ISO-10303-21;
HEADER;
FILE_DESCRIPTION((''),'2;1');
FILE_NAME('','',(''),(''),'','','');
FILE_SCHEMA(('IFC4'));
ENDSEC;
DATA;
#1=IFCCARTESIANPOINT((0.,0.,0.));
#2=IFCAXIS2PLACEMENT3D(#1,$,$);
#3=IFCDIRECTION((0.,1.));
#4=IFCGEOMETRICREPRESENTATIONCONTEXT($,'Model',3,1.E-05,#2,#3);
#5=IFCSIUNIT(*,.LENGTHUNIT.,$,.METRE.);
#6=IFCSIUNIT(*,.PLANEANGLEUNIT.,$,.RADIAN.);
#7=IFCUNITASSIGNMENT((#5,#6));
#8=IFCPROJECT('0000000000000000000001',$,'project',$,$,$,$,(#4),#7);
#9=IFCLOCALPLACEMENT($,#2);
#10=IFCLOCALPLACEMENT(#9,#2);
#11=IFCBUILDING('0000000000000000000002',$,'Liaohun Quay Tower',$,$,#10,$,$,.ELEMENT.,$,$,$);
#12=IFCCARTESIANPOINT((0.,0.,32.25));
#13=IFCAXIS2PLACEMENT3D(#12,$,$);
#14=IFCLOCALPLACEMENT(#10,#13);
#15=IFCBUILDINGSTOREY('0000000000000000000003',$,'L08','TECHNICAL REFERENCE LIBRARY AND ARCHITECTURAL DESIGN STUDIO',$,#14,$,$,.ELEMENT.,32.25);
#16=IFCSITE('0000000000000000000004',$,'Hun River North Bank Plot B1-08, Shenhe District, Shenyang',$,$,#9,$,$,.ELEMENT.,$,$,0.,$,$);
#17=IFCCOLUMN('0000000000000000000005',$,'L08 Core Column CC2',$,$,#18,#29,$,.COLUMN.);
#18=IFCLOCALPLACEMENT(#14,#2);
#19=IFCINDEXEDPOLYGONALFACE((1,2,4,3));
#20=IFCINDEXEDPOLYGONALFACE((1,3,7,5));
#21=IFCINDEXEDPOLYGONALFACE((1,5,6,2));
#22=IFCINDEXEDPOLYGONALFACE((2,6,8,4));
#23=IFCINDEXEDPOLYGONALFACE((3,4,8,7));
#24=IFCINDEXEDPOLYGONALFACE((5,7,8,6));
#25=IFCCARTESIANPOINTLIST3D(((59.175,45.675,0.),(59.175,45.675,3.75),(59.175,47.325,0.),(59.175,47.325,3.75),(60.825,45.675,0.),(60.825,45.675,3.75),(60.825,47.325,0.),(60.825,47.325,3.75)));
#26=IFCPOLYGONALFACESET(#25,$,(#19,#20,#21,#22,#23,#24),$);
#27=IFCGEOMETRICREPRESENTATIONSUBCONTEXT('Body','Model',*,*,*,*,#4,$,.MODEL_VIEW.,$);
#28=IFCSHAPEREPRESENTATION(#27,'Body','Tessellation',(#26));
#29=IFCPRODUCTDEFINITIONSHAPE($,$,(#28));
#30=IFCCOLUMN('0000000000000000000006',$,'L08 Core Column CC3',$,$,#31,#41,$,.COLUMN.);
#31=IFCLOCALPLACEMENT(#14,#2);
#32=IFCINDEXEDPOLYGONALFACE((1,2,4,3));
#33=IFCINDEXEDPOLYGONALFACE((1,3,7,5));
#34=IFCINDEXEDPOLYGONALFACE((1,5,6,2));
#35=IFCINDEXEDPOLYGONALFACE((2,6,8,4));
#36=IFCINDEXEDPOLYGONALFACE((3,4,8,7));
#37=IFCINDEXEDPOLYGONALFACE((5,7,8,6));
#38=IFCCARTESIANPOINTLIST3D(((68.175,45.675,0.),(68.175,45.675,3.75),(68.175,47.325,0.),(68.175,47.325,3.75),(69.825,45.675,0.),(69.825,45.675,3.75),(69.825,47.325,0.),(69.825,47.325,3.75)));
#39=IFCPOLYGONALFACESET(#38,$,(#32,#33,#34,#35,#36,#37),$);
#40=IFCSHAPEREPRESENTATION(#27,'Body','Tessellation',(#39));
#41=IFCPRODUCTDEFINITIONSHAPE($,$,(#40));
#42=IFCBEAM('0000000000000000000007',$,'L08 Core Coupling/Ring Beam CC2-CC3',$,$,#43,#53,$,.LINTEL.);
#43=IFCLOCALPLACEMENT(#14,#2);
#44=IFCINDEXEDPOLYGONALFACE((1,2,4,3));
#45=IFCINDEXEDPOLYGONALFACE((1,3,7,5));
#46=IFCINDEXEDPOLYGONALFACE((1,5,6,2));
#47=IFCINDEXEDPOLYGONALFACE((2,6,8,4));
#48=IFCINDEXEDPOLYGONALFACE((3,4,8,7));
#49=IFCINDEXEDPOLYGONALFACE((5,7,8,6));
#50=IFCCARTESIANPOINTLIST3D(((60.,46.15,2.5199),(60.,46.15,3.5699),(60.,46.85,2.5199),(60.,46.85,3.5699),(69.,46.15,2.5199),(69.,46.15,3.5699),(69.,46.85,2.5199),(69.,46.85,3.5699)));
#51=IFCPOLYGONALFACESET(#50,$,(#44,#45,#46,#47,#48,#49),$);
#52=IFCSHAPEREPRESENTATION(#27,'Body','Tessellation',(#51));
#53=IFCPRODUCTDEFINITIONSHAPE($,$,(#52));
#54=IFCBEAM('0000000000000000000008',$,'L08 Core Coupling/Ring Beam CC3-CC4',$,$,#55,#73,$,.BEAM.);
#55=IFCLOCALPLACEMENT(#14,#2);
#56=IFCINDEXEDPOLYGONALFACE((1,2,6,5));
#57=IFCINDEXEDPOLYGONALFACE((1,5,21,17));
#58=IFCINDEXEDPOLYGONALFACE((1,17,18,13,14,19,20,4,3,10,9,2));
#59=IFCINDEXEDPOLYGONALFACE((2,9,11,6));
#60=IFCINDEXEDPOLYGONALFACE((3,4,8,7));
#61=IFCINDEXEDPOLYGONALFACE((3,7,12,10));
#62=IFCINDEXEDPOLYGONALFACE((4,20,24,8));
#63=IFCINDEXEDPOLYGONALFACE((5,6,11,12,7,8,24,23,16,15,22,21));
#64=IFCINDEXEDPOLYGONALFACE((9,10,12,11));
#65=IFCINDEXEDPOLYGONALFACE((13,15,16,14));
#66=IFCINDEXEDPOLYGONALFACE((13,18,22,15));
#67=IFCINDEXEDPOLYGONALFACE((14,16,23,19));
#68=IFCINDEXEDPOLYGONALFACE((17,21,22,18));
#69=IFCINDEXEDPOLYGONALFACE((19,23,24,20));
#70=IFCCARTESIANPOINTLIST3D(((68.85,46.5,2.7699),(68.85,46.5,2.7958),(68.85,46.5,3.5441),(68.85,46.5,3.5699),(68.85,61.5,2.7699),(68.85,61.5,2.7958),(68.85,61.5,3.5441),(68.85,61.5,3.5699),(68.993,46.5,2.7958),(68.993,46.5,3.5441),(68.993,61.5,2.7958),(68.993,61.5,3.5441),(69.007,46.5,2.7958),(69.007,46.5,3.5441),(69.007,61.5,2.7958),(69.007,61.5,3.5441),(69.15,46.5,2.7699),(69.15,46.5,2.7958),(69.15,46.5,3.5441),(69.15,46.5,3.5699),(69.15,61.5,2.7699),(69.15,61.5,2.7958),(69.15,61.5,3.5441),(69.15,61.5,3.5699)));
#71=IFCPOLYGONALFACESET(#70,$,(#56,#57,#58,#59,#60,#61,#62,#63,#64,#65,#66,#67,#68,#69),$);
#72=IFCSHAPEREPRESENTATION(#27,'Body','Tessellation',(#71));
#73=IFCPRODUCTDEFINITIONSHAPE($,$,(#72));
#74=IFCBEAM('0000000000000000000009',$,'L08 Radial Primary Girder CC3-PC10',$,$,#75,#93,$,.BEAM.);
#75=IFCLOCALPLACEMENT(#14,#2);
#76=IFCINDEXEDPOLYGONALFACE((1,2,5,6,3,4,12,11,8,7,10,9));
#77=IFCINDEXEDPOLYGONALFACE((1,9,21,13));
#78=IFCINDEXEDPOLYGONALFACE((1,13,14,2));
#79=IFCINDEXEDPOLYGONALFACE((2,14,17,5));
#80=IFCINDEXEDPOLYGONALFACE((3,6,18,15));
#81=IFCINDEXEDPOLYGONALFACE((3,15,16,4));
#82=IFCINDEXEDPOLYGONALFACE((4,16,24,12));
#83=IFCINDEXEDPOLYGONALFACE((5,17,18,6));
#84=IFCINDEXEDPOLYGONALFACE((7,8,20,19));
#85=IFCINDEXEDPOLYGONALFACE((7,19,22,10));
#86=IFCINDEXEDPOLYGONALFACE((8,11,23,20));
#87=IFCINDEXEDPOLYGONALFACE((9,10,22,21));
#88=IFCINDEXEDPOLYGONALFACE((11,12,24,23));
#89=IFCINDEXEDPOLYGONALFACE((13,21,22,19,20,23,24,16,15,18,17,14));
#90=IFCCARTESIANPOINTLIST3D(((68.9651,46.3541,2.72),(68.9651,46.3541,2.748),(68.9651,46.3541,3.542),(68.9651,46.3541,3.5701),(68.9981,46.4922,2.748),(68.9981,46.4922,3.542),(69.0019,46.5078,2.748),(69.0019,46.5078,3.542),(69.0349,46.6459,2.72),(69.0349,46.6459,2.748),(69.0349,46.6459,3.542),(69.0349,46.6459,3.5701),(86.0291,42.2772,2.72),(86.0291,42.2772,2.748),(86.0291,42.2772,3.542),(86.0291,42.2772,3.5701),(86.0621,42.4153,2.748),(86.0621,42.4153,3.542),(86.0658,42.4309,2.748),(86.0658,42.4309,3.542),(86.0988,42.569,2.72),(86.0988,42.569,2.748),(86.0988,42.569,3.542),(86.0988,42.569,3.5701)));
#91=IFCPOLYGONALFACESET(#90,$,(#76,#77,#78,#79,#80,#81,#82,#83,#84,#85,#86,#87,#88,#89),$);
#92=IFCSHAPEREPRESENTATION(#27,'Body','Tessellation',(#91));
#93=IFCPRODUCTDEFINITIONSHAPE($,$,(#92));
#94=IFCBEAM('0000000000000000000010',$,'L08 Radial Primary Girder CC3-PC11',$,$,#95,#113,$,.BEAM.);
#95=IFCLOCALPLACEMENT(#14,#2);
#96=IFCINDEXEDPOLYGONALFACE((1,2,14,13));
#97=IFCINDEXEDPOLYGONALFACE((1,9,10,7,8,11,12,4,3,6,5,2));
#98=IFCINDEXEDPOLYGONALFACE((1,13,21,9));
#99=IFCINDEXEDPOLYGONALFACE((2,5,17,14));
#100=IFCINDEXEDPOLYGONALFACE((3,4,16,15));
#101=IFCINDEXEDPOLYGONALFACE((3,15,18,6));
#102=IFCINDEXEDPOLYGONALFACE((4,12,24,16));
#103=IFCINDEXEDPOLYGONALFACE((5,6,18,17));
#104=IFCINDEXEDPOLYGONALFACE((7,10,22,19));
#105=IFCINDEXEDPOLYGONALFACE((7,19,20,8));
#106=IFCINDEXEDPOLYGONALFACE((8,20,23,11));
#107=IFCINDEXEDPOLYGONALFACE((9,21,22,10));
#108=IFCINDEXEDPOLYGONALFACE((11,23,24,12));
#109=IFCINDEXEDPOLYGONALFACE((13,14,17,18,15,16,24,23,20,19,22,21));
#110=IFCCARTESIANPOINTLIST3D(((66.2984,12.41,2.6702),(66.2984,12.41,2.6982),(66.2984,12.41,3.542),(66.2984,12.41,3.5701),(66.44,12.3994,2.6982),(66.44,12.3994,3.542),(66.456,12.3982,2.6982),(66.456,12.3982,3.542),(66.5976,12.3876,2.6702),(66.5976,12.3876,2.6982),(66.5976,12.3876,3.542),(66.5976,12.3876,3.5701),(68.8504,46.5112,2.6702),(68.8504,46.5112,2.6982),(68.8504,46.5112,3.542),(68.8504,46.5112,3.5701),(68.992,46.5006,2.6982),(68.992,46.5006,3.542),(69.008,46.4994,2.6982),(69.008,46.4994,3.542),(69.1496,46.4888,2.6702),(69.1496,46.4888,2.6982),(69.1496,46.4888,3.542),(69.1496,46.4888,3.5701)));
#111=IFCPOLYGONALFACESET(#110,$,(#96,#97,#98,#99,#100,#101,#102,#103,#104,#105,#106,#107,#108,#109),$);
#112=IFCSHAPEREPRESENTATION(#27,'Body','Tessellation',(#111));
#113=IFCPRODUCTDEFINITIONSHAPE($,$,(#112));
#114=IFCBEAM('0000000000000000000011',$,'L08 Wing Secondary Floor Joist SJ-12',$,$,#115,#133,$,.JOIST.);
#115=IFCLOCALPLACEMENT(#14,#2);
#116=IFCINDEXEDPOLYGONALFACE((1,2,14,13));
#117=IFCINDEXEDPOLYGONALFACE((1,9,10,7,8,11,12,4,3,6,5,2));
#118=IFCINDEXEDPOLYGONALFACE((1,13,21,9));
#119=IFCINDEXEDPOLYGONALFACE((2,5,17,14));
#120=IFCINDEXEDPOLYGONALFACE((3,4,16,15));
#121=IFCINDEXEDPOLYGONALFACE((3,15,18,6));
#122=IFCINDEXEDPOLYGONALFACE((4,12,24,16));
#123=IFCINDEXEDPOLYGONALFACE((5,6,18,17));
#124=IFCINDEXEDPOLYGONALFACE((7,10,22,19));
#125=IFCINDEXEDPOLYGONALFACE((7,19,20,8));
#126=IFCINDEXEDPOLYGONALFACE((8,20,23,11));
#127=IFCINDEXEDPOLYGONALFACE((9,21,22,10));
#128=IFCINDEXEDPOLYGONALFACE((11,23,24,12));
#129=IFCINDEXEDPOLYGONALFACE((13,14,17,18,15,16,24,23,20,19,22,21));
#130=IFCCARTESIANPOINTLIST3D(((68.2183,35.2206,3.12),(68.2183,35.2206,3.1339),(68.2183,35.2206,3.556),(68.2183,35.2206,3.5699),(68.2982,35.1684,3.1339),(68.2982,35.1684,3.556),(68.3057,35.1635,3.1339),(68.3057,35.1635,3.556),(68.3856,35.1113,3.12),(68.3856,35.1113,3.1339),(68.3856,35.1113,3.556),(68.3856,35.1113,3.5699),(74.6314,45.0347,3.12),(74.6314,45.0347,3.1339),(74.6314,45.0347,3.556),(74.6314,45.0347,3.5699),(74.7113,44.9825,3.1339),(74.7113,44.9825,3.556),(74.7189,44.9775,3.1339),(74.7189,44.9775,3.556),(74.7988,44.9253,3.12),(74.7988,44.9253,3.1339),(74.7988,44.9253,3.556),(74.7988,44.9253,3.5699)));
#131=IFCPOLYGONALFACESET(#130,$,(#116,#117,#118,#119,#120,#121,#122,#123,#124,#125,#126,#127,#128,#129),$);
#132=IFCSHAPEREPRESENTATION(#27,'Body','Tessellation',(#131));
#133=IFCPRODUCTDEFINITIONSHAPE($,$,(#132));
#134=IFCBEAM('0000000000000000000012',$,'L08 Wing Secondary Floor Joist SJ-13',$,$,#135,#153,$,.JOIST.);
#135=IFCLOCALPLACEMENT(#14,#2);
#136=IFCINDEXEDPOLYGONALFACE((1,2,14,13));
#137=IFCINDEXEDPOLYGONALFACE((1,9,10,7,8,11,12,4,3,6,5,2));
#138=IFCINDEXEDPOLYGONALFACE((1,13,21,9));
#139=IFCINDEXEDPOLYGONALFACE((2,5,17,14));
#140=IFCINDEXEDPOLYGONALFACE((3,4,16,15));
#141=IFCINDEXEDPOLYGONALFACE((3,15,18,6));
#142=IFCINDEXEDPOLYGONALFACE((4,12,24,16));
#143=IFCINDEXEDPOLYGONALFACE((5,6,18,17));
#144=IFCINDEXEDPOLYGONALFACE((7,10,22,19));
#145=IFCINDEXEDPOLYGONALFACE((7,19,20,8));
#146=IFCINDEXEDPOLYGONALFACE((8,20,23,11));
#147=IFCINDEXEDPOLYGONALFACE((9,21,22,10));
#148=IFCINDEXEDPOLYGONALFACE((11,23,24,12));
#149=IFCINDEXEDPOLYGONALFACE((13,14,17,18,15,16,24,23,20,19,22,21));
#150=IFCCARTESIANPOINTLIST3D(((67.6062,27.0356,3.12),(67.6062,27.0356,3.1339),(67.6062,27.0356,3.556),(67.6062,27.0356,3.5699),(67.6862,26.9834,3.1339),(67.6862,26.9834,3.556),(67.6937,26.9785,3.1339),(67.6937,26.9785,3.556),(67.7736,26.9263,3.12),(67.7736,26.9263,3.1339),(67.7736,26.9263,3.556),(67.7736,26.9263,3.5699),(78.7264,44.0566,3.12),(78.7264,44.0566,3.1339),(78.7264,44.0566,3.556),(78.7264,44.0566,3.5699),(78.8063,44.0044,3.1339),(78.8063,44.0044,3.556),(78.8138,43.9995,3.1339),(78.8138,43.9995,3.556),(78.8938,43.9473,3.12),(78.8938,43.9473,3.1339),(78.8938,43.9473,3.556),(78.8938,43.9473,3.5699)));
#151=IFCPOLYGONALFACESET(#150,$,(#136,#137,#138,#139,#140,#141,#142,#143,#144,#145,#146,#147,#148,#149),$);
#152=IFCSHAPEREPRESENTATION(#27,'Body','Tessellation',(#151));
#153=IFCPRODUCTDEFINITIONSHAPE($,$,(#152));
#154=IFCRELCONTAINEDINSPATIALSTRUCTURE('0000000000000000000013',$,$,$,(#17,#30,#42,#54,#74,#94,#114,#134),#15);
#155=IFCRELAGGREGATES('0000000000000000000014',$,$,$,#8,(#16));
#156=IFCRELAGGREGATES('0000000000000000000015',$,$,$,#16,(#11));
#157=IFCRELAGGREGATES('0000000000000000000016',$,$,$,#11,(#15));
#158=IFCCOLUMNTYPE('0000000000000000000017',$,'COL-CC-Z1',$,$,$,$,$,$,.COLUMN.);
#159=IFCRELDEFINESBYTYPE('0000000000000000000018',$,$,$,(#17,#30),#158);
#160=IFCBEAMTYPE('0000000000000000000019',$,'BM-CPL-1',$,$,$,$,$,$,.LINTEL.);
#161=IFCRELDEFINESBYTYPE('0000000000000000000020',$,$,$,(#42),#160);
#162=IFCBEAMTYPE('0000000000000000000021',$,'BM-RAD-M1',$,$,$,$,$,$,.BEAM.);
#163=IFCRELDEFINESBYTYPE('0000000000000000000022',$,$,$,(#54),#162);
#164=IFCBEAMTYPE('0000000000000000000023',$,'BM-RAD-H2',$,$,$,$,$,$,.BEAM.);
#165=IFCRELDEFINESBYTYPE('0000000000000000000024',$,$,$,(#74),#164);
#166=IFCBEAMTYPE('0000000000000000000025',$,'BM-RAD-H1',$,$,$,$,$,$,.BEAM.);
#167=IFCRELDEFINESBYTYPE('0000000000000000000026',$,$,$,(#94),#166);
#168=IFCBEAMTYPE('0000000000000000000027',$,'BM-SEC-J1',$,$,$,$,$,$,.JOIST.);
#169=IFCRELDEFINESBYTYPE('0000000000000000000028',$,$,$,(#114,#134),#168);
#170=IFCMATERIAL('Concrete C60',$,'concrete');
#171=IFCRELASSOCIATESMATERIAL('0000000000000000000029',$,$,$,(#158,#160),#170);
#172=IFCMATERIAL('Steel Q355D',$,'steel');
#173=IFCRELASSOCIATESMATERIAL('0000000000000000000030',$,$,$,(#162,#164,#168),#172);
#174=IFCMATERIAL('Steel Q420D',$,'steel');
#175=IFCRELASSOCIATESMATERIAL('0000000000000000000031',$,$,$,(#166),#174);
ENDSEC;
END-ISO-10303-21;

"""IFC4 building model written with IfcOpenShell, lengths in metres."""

from ifc_helpers import new_model, si_unit, direction, frame, origin, origin_2d, place, context, subcontext, project, spatial, rectangle, i_section, extrude, source, transform, mapped, material, material_profile, profile_set, type_object, element, save


model = new_model("IFC4")

# Units and contexts
model_context = context("Model", 3, precision=1e-05, world=origin(), true_north=direction((0.0, 1.0)))
body_context = subcontext(model_context, "Body", "Model", "MODEL_VIEW")
ifc_project = project(units=[si_unit("LENGTHUNIT", "METRE"), si_unit("PLANEANGLEUNIT", "RADIAN")], contexts=[model_context])

# Site, building, storey
site_placement = place(None, origin())
site = spatial("IfcSite", under=ifc_project, at=site_placement, Name="Hun River North Bank Plot B1-08, Shenhe District, Shenyang", CompositionType="ELEMENT", RefElevation=0.0)
building_placement = place(site_placement, origin())
building = spatial("IfcBuilding", under=site, at=building_placement, Name="Liaohun Quay Tower", CompositionType="ELEMENT")
storey_placement = place(building_placement, frame((0.0, 0.0, 32.25)))
storey = spatial("IfcBuildingStorey", under=building, at=storey_placement, Name="L08", Description="TECHNICAL REFERENCE LIBRARY AND ARCHITECTURAL DESIGN STUDIO", CompositionType="ELEMENT", Elevation=32.25)

# Columns
ifc_material_1 = material(Name="Concrete C60", Category="concrete")
ifc_material_profile_1 = material_profile(ifc_material_1, rectangle(XDim=1.6499, YDim=1.6499, at=origin_2d()), Name="RC1650x1650")
ifc_profile_set_1 = profile_set([ifc_material_profile_1], Name="Concrete C60")
column_type = type_object("IfcColumnType", Name="COL-CC-Z1", PredefinedType="COLUMN", material=ifc_profile_set_1)
shared_shape_1 = source(origin(), body_context, "Body", "SweptSolid", [
    extrude(rectangle(XDim=1.6499, YDim=1.6499, at=origin_2d()), origin(), (0.0, 0.0, 1.0), 3.75),
])
for number, where, z_axis, x_axis, name in (
    (1, (60.0, 46.5, 0.0), (0.0, 0.0, 1.0), (1.0, 0.0, 0.0), "L08 Core Column CC2"),
    (2, (69.0, 46.5, 0.0), (0.0, 0.0, 1.0), (1.0, 0.0, 0.0), "L08 Core Column CC3"),
):
    element("IfcColumn", number, at=place(storey_placement, frame(where, z_axis=z_axis, x_axis=x_axis)), inside=storey, type_object=column_type, Name=name, PredefinedType="COLUMN", context=body_context, shape_type="MappedRepresentation", body=[
        mapped(shared_shape_1, transform((0.0, 0.0, 0.0), x_axis=(1.0, 0.0, 0.0), y_axis=(0.0, 1.0, 0.0), z_axis=(0.0, 0.0, 1.0), scale=1.0)),
    ])

# Beams
ifc_material_profile_2 = material_profile(ifc_material_1, rectangle(XDim=0.7, YDim=1.05, at=origin_2d()), Name="RC700x1050")
ifc_profile_set_2 = profile_set([ifc_material_profile_2], Name="Concrete C60")
beam_type_1 = type_object("IfcBeamType", Name="BM-CPL-1", PredefinedType="LINTEL", material=ifc_profile_set_2)
shared_shape_2 = source(origin(), body_context, "Body", "SweptSolid", [
    extrude(rectangle(XDim=0.7, YDim=1.05, at=origin_2d()), origin(), (0.0, 0.0, 1.0), 9.0),
])
beam_1_placement = place(storey_placement, frame((60.0, 46.5, 3.0449), z_axis=(1.0, 0.0, 0.0), x_axis=(0.0, 1.0, 0.0)))
element("IfcBeam", 3, at=beam_1_placement, inside=storey, type_object=beam_type_1, Name="L08 Core Coupling/Ring Beam CC2-CC3", PredefinedType="LINTEL", context=body_context, shape_type="MappedRepresentation", body=[
    mapped(shared_shape_2, transform((0.0, 0.0, 0.0), x_axis=(1.0, 0.0, 0.0), y_axis=(0.0, 1.0, 0.0), z_axis=(0.0, 0.0, 1.0), scale=1.0)),
])
ifc_material_2 = material(Name="Steel Q355D", Category="steel")
ifc_material_profile_3 = material_profile(ifc_material_2, i_section(OverallWidth=0.3, OverallDepth=0.8, WebThickness=0.0139, FlangeThickness=0.0259, at=origin_2d()), Name="HN800x300x14x26")
ifc_profile_set_3 = profile_set([ifc_material_profile_3], Name="Steel Q355D")
beam_type_2 = type_object("IfcBeamType", Name="BM-RAD-M1", PredefinedType="BEAM", material=ifc_profile_set_3)
shared_shape_3 = source(origin(), body_context, "Body", "SweptSolid", [
    extrude(i_section(OverallWidth=0.3, OverallDepth=0.8, WebThickness=0.0139, FlangeThickness=0.0259, at=origin_2d()), origin(), (0.0, 0.0, 1.0), 15.0),
])
beam_2_placement = place(storey_placement, frame((69.0, 46.5, 3.1699), z_axis=(0.0, 1.0, 0.0), x_axis=(-1.0, 0.0, 0.0)))
element("IfcBeam", 4, at=beam_2_placement, inside=storey, type_object=beam_type_2, Name="L08 Core Coupling/Ring Beam CC3-CC4", PredefinedType="BEAM", context=body_context, shape_type="MappedRepresentation", body=[
    mapped(shared_shape_3, transform((0.0, 0.0, 0.0), x_axis=(1.0, 0.0, 0.0), y_axis=(0.0, 1.0, 0.0), z_axis=(0.0, 0.0, 1.0), scale=1.0)),
])
ifc_material_profile_4 = material_profile(ifc_material_2, i_section(OverallWidth=0.3, OverallDepth=0.8501, WebThickness=0.0161, FlangeThickness=0.0281, at=origin_2d()), Name="HN850x300x16x28")
ifc_profile_set_4 = profile_set([ifc_material_profile_4], Name="Steel Q355D")
beam_type_3 = type_object("IfcBeamType", Name="BM-RAD-H2", PredefinedType="BEAM", material=ifc_profile_set_4)
shared_shape_4 = source(origin(), body_context, "Body", "SweptSolid", [
    extrude(i_section(OverallWidth=0.3, OverallDepth=0.8501, WebThickness=0.0161, FlangeThickness=0.0281, at=origin_2d()), origin(), (0.0, 0.0, 1.0), 17.5442),
])
beam_3_placement = place(storey_placement, frame((69.0, 46.5, 3.145), z_axis=(0.972625, -0.232379, 0.0), x_axis=(0.232379, 0.972625, 0.0)))
element("IfcBeam", 5, at=beam_3_placement, inside=storey, type_object=beam_type_3, Name="L08 Radial Primary Girder CC3-PC10", PredefinedType="BEAM", context=body_context, shape_type="MappedRepresentation", body=[
    mapped(shared_shape_4, transform((0.0, 0.0, 0.0), x_axis=(1.0, 0.0, 0.0), y_axis=(0.0, 1.0, 0.0), z_axis=(0.0, 0.0, 1.0), scale=1.0)),
])
ifc_material_3 = material(Name="Steel Q420D", Category="steel")
ifc_material_profile_5 = material_profile(ifc_material_3, i_section(OverallWidth=0.3, OverallDepth=0.8999, WebThickness=0.0161, FlangeThickness=0.0281, at=origin_2d()), Name="HN900x300x16x28")
ifc_profile_set_5 = profile_set([ifc_material_profile_5], Name="Steel Q420D")
beam_type_4 = type_object("IfcBeamType", Name="BM-RAD-H1", PredefinedType="BEAM", material=ifc_profile_set_5)
shared_shape_5 = source(origin(), body_context, "Body", "SweptSolid", [
    extrude(i_section(OverallWidth=0.3, OverallDepth=0.8999, WebThickness=0.0161, FlangeThickness=0.0281, at=origin_2d()), origin(), (0.0, 0.0, 1.0), 34.1965),
])
beam_4_placement = place(storey_placement, frame((69.0, 46.5, 3.1201), z_axis=(-0.074628, -0.997211, 0.0), x_axis=(0.997211, -0.074628, 0.0)))
element("IfcBeam", 6, at=beam_4_placement, inside=storey, type_object=beam_type_4, Name="L08 Radial Primary Girder CC3-PC11", PredefinedType="BEAM", context=body_context, shape_type="MappedRepresentation", body=[
    mapped(shared_shape_5, transform((0.0, 0.0, 0.0), x_axis=(1.0, 0.0, 0.0), y_axis=(0.0, 1.0, 0.0), z_axis=(0.0, 0.0, 1.0), scale=1.0)),
])
ifc_material_profile_6 = material_profile(ifc_material_2, i_section(OverallWidth=0.2, OverallDepth=0.45, WebThickness=0.009, FlangeThickness=0.0139, at=origin_2d()), Name="HN450x200x9x14")
ifc_profile_set_6 = profile_set([ifc_material_profile_6], Name="Steel Q355D")
beam_type_5 = type_object("IfcBeamType", Name="BM-SEC-J1", PredefinedType="JOIST", material=ifc_profile_set_6)
shared_shape_6 = source(origin(), body_context, "Body", "SweptSolid", [
    extrude(i_section(OverallWidth=0.2, OverallDepth=0.45, WebThickness=0.009, FlangeThickness=0.0139, at=origin_2d()), origin(), (0.0, 0.0, 1.0), 11.7236),
])
beam_5_placement = place(storey_placement, frame((74.7151, 44.98, 3.345), z_axis=(-0.547026, -0.837116, 0.0), x_axis=(0.837116, -0.547026, 0.0)))
element("IfcBeam", 7, at=beam_5_placement, inside=storey, type_object=beam_type_5, Name="L08 Wing Secondary Floor Joist SJ-12", PredefinedType="JOIST", context=body_context, shape_type="MappedRepresentation", body=[
    mapped(shared_shape_6, transform((0.0, 0.0, 0.0), x_axis=(1.0, 0.0, 0.0), y_axis=(0.0, 1.0, 0.0), z_axis=(0.0, 0.0, 1.0), scale=1.0)),
])
shared_shape_7 = source(origin(), body_context, "Body", "SweptSolid", [
    extrude(i_section(OverallWidth=0.2, OverallDepth=0.45, WebThickness=0.009, FlangeThickness=0.0139, at=origin_2d()), origin(), (0.0, 0.0, 1.0), 20.3315),
])
beam_6_placement = place(storey_placement, frame((78.8101, 44.002, 3.345), z_axis=(-0.546939, -0.837172, 0.0), x_axis=(0.837172, -0.546939, 0.0)))
element("IfcBeam", 8, at=beam_6_placement, inside=storey, type_object=beam_type_5, Name="L08 Wing Secondary Floor Joist SJ-13", PredefinedType="JOIST", context=body_context, shape_type="MappedRepresentation", body=[
    mapped(shared_shape_7, transform((0.0, 0.0, 0.0), x_axis=(1.0, 0.0, 0.0), y_axis=(0.0, 1.0, 0.0), z_axis=(0.0, 0.0, 1.0), scale=1.0)),
])

save(model, "model.ifc")
